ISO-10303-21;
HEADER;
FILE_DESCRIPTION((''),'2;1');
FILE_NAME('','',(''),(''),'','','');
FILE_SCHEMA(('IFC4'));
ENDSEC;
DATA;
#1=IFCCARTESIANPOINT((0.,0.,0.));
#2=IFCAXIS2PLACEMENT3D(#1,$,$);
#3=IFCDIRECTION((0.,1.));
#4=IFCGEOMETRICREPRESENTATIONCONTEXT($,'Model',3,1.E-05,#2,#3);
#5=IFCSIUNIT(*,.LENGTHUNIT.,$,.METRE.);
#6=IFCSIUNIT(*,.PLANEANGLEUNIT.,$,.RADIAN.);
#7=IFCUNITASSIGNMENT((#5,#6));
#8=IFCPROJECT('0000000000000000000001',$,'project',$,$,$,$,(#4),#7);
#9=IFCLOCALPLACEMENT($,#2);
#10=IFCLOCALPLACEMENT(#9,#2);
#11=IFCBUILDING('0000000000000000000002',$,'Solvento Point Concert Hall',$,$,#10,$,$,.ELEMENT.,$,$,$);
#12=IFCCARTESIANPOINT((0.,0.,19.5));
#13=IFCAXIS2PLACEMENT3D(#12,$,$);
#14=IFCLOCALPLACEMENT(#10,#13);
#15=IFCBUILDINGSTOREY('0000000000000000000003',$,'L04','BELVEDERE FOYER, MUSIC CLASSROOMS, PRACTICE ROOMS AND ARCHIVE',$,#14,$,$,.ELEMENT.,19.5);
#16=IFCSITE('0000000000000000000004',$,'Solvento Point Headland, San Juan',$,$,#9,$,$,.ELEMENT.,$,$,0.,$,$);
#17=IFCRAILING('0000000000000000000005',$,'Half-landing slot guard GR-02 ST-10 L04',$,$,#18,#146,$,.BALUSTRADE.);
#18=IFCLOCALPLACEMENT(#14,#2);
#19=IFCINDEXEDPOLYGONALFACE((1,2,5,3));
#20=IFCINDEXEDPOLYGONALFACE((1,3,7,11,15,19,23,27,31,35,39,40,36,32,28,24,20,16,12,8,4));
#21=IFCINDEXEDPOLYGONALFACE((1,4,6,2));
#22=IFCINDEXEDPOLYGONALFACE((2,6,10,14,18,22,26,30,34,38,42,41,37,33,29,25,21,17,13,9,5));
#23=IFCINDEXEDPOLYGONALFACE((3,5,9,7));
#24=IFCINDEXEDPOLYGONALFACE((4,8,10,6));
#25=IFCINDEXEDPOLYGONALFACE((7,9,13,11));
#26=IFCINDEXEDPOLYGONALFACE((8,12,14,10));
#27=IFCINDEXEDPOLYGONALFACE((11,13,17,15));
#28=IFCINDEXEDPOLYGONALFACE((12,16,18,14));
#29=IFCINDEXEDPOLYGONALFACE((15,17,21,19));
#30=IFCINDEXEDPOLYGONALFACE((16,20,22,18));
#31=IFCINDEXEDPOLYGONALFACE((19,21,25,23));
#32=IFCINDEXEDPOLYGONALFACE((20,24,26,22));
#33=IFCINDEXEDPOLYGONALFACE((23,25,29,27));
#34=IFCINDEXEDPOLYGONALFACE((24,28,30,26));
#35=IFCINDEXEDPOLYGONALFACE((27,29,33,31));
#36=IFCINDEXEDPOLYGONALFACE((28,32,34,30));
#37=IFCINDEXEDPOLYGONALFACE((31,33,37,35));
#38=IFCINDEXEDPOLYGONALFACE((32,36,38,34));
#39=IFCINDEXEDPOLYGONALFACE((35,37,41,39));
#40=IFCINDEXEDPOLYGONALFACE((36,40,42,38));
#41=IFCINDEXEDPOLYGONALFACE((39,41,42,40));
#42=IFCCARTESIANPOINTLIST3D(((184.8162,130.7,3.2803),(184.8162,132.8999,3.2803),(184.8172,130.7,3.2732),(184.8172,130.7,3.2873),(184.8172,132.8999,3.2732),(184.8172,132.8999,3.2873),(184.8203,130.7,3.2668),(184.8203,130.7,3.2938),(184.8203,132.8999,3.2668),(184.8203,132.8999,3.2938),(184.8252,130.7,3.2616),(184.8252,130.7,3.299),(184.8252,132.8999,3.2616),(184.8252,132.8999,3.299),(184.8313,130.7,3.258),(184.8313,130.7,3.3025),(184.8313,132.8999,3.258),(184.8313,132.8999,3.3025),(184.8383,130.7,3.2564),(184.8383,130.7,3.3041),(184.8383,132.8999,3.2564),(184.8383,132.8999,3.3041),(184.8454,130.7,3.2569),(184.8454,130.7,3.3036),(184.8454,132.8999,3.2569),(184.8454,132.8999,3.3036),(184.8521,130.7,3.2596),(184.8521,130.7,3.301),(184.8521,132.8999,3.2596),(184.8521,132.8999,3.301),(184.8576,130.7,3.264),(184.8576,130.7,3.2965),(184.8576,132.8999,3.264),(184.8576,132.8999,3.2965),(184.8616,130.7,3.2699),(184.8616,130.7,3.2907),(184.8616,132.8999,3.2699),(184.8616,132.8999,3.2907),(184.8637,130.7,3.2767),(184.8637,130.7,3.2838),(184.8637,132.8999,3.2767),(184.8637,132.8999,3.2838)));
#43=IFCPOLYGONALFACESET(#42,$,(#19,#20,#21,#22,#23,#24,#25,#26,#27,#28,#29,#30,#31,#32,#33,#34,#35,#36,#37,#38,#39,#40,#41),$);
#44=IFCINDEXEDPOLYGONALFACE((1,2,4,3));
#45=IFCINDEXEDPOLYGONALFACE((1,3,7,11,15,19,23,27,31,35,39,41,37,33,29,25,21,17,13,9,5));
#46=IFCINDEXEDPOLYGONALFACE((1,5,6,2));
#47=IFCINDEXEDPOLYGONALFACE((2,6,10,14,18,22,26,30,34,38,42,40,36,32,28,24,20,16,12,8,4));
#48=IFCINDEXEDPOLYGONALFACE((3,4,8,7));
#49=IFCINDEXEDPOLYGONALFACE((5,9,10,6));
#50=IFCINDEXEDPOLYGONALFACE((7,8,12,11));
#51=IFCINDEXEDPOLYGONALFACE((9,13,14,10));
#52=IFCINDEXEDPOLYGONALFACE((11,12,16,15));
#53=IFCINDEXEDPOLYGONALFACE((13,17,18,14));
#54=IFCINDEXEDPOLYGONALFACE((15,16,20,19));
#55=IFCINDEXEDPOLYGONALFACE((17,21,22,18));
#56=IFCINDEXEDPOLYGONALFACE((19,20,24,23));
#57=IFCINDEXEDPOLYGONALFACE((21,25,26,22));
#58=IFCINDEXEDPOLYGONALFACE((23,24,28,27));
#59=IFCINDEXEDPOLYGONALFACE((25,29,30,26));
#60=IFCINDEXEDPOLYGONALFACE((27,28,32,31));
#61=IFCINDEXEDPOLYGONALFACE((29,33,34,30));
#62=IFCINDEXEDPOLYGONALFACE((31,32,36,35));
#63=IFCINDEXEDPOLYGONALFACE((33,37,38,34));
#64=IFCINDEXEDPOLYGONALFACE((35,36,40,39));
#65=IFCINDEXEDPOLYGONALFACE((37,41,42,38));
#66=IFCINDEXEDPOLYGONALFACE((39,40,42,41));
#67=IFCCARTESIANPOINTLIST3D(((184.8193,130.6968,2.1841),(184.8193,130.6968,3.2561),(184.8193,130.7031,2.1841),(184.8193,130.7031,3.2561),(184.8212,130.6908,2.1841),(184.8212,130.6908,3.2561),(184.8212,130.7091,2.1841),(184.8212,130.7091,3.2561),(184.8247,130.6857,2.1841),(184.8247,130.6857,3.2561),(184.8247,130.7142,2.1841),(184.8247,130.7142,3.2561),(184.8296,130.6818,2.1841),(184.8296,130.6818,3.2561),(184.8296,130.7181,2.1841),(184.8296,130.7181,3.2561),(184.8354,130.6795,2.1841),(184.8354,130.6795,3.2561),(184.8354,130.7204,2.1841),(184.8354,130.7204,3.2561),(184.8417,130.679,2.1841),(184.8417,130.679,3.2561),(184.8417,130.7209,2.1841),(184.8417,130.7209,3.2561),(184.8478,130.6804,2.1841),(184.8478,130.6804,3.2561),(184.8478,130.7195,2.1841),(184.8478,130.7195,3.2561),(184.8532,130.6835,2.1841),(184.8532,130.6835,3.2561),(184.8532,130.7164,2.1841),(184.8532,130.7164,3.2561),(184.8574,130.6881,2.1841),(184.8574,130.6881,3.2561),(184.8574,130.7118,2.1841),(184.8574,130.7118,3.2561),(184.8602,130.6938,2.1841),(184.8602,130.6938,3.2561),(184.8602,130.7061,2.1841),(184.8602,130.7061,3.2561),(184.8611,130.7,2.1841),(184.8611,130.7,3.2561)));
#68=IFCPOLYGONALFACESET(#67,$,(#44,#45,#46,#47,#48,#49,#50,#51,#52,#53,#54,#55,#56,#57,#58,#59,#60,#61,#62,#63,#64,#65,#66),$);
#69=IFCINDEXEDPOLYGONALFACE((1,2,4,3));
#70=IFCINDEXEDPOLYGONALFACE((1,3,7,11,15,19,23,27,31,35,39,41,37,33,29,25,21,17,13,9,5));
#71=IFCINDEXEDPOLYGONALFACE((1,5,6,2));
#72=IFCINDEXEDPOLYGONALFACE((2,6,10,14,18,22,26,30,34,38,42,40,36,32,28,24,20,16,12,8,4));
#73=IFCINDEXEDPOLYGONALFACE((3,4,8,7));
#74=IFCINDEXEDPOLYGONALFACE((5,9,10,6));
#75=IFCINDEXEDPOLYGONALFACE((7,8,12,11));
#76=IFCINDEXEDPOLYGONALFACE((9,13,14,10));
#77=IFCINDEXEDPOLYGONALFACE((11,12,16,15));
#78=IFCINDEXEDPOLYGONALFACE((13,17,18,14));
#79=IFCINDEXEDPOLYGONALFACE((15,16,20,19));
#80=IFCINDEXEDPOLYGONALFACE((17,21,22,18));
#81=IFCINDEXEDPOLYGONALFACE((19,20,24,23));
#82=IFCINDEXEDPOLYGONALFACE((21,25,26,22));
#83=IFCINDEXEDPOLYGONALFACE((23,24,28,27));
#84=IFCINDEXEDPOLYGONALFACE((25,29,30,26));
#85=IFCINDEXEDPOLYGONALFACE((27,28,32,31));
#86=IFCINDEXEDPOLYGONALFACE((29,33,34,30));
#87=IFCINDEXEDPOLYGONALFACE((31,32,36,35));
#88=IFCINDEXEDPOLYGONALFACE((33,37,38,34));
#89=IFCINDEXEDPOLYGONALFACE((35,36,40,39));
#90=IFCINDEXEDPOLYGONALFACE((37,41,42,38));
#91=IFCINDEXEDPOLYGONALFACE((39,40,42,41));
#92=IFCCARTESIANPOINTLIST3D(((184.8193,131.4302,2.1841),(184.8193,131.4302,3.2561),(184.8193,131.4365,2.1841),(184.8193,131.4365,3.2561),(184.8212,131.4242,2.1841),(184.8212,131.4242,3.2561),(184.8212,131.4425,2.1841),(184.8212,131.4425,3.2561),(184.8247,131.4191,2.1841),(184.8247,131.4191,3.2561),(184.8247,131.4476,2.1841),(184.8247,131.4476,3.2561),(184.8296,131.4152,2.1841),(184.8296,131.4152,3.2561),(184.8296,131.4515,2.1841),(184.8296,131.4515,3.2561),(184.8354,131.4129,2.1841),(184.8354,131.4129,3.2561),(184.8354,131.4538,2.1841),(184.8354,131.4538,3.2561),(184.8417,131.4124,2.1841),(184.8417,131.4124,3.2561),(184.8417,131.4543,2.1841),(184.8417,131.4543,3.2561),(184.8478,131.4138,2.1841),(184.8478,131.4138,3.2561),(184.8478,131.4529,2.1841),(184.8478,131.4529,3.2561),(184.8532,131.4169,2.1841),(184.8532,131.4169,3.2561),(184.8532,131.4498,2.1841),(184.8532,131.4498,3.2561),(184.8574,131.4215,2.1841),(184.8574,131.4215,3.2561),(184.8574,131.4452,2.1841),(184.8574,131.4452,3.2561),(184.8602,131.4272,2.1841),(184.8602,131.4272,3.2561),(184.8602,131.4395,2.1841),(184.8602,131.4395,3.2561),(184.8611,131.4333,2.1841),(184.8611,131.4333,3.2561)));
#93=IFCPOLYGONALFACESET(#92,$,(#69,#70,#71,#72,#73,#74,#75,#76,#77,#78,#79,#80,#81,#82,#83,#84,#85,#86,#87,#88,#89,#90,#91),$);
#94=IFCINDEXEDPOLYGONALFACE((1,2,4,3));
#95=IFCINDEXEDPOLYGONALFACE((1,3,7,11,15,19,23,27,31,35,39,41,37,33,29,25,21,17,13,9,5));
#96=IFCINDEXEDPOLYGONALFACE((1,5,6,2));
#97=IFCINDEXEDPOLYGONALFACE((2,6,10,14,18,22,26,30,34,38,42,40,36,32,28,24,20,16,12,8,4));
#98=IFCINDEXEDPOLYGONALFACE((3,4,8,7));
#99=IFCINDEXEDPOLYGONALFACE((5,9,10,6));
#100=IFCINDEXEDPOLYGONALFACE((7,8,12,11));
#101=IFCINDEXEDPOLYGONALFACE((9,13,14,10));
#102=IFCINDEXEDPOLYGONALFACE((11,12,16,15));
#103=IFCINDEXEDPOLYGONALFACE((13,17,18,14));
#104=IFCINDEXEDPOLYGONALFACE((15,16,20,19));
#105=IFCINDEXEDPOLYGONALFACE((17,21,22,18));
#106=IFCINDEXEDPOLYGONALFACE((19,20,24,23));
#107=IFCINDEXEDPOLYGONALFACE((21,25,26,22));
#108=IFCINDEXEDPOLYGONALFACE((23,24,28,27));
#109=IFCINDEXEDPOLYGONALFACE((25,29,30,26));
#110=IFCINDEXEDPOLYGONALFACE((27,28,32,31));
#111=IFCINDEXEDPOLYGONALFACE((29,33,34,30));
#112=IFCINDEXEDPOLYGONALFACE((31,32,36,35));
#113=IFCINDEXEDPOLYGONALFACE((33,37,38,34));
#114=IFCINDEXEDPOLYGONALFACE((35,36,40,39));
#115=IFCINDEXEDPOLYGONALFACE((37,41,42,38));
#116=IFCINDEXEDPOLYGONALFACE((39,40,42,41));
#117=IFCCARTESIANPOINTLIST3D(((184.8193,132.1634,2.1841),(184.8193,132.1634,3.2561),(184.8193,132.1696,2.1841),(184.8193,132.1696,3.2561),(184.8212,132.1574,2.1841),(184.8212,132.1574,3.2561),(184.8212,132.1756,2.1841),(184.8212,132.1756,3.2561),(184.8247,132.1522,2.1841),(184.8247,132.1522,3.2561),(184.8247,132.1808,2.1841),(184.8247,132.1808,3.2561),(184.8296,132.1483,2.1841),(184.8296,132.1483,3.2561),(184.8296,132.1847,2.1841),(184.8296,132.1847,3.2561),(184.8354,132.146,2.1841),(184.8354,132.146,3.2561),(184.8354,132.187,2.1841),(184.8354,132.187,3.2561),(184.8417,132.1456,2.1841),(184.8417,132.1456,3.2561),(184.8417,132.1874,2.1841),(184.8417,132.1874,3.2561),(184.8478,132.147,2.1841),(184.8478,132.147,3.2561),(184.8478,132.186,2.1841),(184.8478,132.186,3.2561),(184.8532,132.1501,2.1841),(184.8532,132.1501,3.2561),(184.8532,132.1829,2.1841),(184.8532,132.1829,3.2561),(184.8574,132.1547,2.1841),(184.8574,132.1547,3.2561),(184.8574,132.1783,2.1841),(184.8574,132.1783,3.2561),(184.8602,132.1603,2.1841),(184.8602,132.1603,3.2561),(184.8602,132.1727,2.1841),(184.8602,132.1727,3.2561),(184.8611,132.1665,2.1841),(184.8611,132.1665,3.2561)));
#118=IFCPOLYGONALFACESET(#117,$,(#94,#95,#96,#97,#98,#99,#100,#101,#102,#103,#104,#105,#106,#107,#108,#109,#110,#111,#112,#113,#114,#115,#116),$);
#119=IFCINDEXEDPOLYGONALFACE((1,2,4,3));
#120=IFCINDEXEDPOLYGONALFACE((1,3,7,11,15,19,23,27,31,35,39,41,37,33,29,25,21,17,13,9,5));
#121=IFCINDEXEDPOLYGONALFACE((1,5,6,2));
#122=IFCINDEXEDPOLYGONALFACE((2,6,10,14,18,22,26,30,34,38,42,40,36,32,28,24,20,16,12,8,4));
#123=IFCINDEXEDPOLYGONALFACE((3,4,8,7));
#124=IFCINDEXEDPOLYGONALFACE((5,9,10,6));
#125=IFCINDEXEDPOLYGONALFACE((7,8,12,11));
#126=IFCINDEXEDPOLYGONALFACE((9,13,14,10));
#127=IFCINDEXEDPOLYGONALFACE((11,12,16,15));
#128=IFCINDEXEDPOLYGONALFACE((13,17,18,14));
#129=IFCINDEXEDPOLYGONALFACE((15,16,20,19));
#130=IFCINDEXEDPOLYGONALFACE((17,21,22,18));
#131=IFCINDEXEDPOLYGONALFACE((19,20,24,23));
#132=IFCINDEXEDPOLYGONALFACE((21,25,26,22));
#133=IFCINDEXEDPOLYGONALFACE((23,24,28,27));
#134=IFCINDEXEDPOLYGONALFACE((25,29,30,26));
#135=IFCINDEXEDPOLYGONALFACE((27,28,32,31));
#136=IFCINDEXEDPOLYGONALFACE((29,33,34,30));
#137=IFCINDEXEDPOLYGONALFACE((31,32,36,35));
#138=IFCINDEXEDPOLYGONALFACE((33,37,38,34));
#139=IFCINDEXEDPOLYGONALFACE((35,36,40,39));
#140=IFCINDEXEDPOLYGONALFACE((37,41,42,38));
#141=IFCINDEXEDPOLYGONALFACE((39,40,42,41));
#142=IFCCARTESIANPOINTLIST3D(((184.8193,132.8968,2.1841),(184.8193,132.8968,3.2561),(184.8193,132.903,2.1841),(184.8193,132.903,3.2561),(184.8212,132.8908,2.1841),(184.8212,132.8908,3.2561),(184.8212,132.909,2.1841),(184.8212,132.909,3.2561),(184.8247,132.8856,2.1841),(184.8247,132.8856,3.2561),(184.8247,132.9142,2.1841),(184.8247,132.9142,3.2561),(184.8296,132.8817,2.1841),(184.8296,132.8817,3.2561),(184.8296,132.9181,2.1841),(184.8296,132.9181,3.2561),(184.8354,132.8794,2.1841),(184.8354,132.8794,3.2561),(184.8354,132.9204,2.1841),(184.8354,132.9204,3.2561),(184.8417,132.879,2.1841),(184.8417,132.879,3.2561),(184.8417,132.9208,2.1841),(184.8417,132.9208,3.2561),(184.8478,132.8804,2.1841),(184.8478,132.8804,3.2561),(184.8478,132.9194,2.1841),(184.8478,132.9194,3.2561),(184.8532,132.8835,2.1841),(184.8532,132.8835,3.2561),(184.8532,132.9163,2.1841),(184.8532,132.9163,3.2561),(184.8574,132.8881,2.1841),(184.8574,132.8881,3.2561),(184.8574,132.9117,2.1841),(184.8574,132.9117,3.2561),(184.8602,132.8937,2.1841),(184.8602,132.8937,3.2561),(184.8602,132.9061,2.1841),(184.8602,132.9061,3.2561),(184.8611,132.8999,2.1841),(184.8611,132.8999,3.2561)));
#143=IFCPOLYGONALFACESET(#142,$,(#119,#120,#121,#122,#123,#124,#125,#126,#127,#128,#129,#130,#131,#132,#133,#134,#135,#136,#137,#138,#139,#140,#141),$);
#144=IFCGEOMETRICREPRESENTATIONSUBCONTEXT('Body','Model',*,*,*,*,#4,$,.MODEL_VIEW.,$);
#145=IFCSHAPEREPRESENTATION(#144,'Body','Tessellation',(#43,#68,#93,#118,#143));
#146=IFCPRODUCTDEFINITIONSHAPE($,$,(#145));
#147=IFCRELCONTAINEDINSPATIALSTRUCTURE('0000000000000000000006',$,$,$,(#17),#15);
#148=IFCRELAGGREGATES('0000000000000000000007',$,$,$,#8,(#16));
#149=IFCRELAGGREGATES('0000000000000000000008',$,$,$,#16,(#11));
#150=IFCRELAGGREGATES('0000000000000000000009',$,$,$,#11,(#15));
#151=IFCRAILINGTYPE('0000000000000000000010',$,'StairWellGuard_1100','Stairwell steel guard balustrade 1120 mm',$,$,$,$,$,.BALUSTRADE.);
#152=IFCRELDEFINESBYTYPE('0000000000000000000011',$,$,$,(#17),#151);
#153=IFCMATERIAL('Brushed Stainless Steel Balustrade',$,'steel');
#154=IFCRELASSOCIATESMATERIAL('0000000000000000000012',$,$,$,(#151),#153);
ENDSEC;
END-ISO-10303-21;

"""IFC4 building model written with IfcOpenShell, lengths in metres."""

from ifc_helpers import new_model, si_unit, direction, frame, origin, origin_2d, place, context, subcontext, project, spatial, circle, extrude, material, type_object, element, save


model = new_model("IFC4")

# Units and contexts
model_context = context("Model", 3, precision=1e-05, world=origin(), true_north=direction((0.0, 1.0)))
body_context = subcontext(model_context, "Body", "Model", "MODEL_VIEW")
ifc_project = project(units=[si_unit("LENGTHUNIT", "METRE"), si_unit("PLANEANGLEUNIT", "RADIAN")], contexts=[model_context])

# Site, building, storey
site_placement = place(None, origin())
site = spatial("IfcSite", under=ifc_project, at=site_placement, Name="Solvento Point Headland, San Juan", CompositionType="ELEMENT", RefElevation=0.0)
building_placement = place(site_placement, origin())
building = spatial("IfcBuilding", under=site, at=building_placement, Name="Solvento Point Concert Hall", CompositionType="ELEMENT")
storey_placement = place(building_placement, frame((0.0, 0.0, 19.5)))
storey = spatial("IfcBuildingStorey", under=building, at=storey_placement, Name="L04", Description="BELVEDERE FOYER, MUSIC CLASSROOMS, PRACTICE ROOMS AND ARCHIVE", CompositionType="ELEMENT", Elevation=19.5)

# Railing
ifc_material_1 = material(Name="Brushed Stainless Steel Balustrade", Category="steel")
railing_type_1 = type_object("IfcRailingType", Name="StairWellGuard_1100", Description="Stairwell steel guard balustrade 1120 mm", PredefinedType="BALUSTRADE", material=ifc_material_1)
railing_1_placement = place(storey_placement, frame((184.8401, 130.7, 2.1841)))
element("IfcRailing", 1, at=railing_1_placement, inside=storey, type_object=railing_type_1, Name="Half-landing slot guard GR-02 ST-10 L04", PredefinedType="BALUSTRADE", context=body_context, shape_type="SweptSolid", body=[
    extrude(circle(Radius=0.0239, at=origin_2d()), frame((0.0, 0.0, 1.0962), z_axis=(0.0, 1.0, 0.0), x_axis=(-1.0, 0.0, 0.0)), (0.0, 0.0, 1.0), 2.2),
    extrude(circle(Radius=0.021, at=origin_2d()), origin(), (0.0, 0.0, 1.0), 1.072),
    extrude(circle(Radius=0.021, at=origin_2d()), frame((0.0, 0.7334, 0.0)), (0.0, 0.0, 1.0), 1.072),
    extrude(circle(Radius=0.021, at=origin_2d()), frame((0.0, 1.4666, 0.0)), (0.0, 0.0, 1.0), 1.072),
    extrude(circle(Radius=0.021, at=origin_2d()), frame((0.0, 2.2, 0.0)), (0.0, 0.0, 1.0), 1.072),
])

save(model, "model.ifc")
